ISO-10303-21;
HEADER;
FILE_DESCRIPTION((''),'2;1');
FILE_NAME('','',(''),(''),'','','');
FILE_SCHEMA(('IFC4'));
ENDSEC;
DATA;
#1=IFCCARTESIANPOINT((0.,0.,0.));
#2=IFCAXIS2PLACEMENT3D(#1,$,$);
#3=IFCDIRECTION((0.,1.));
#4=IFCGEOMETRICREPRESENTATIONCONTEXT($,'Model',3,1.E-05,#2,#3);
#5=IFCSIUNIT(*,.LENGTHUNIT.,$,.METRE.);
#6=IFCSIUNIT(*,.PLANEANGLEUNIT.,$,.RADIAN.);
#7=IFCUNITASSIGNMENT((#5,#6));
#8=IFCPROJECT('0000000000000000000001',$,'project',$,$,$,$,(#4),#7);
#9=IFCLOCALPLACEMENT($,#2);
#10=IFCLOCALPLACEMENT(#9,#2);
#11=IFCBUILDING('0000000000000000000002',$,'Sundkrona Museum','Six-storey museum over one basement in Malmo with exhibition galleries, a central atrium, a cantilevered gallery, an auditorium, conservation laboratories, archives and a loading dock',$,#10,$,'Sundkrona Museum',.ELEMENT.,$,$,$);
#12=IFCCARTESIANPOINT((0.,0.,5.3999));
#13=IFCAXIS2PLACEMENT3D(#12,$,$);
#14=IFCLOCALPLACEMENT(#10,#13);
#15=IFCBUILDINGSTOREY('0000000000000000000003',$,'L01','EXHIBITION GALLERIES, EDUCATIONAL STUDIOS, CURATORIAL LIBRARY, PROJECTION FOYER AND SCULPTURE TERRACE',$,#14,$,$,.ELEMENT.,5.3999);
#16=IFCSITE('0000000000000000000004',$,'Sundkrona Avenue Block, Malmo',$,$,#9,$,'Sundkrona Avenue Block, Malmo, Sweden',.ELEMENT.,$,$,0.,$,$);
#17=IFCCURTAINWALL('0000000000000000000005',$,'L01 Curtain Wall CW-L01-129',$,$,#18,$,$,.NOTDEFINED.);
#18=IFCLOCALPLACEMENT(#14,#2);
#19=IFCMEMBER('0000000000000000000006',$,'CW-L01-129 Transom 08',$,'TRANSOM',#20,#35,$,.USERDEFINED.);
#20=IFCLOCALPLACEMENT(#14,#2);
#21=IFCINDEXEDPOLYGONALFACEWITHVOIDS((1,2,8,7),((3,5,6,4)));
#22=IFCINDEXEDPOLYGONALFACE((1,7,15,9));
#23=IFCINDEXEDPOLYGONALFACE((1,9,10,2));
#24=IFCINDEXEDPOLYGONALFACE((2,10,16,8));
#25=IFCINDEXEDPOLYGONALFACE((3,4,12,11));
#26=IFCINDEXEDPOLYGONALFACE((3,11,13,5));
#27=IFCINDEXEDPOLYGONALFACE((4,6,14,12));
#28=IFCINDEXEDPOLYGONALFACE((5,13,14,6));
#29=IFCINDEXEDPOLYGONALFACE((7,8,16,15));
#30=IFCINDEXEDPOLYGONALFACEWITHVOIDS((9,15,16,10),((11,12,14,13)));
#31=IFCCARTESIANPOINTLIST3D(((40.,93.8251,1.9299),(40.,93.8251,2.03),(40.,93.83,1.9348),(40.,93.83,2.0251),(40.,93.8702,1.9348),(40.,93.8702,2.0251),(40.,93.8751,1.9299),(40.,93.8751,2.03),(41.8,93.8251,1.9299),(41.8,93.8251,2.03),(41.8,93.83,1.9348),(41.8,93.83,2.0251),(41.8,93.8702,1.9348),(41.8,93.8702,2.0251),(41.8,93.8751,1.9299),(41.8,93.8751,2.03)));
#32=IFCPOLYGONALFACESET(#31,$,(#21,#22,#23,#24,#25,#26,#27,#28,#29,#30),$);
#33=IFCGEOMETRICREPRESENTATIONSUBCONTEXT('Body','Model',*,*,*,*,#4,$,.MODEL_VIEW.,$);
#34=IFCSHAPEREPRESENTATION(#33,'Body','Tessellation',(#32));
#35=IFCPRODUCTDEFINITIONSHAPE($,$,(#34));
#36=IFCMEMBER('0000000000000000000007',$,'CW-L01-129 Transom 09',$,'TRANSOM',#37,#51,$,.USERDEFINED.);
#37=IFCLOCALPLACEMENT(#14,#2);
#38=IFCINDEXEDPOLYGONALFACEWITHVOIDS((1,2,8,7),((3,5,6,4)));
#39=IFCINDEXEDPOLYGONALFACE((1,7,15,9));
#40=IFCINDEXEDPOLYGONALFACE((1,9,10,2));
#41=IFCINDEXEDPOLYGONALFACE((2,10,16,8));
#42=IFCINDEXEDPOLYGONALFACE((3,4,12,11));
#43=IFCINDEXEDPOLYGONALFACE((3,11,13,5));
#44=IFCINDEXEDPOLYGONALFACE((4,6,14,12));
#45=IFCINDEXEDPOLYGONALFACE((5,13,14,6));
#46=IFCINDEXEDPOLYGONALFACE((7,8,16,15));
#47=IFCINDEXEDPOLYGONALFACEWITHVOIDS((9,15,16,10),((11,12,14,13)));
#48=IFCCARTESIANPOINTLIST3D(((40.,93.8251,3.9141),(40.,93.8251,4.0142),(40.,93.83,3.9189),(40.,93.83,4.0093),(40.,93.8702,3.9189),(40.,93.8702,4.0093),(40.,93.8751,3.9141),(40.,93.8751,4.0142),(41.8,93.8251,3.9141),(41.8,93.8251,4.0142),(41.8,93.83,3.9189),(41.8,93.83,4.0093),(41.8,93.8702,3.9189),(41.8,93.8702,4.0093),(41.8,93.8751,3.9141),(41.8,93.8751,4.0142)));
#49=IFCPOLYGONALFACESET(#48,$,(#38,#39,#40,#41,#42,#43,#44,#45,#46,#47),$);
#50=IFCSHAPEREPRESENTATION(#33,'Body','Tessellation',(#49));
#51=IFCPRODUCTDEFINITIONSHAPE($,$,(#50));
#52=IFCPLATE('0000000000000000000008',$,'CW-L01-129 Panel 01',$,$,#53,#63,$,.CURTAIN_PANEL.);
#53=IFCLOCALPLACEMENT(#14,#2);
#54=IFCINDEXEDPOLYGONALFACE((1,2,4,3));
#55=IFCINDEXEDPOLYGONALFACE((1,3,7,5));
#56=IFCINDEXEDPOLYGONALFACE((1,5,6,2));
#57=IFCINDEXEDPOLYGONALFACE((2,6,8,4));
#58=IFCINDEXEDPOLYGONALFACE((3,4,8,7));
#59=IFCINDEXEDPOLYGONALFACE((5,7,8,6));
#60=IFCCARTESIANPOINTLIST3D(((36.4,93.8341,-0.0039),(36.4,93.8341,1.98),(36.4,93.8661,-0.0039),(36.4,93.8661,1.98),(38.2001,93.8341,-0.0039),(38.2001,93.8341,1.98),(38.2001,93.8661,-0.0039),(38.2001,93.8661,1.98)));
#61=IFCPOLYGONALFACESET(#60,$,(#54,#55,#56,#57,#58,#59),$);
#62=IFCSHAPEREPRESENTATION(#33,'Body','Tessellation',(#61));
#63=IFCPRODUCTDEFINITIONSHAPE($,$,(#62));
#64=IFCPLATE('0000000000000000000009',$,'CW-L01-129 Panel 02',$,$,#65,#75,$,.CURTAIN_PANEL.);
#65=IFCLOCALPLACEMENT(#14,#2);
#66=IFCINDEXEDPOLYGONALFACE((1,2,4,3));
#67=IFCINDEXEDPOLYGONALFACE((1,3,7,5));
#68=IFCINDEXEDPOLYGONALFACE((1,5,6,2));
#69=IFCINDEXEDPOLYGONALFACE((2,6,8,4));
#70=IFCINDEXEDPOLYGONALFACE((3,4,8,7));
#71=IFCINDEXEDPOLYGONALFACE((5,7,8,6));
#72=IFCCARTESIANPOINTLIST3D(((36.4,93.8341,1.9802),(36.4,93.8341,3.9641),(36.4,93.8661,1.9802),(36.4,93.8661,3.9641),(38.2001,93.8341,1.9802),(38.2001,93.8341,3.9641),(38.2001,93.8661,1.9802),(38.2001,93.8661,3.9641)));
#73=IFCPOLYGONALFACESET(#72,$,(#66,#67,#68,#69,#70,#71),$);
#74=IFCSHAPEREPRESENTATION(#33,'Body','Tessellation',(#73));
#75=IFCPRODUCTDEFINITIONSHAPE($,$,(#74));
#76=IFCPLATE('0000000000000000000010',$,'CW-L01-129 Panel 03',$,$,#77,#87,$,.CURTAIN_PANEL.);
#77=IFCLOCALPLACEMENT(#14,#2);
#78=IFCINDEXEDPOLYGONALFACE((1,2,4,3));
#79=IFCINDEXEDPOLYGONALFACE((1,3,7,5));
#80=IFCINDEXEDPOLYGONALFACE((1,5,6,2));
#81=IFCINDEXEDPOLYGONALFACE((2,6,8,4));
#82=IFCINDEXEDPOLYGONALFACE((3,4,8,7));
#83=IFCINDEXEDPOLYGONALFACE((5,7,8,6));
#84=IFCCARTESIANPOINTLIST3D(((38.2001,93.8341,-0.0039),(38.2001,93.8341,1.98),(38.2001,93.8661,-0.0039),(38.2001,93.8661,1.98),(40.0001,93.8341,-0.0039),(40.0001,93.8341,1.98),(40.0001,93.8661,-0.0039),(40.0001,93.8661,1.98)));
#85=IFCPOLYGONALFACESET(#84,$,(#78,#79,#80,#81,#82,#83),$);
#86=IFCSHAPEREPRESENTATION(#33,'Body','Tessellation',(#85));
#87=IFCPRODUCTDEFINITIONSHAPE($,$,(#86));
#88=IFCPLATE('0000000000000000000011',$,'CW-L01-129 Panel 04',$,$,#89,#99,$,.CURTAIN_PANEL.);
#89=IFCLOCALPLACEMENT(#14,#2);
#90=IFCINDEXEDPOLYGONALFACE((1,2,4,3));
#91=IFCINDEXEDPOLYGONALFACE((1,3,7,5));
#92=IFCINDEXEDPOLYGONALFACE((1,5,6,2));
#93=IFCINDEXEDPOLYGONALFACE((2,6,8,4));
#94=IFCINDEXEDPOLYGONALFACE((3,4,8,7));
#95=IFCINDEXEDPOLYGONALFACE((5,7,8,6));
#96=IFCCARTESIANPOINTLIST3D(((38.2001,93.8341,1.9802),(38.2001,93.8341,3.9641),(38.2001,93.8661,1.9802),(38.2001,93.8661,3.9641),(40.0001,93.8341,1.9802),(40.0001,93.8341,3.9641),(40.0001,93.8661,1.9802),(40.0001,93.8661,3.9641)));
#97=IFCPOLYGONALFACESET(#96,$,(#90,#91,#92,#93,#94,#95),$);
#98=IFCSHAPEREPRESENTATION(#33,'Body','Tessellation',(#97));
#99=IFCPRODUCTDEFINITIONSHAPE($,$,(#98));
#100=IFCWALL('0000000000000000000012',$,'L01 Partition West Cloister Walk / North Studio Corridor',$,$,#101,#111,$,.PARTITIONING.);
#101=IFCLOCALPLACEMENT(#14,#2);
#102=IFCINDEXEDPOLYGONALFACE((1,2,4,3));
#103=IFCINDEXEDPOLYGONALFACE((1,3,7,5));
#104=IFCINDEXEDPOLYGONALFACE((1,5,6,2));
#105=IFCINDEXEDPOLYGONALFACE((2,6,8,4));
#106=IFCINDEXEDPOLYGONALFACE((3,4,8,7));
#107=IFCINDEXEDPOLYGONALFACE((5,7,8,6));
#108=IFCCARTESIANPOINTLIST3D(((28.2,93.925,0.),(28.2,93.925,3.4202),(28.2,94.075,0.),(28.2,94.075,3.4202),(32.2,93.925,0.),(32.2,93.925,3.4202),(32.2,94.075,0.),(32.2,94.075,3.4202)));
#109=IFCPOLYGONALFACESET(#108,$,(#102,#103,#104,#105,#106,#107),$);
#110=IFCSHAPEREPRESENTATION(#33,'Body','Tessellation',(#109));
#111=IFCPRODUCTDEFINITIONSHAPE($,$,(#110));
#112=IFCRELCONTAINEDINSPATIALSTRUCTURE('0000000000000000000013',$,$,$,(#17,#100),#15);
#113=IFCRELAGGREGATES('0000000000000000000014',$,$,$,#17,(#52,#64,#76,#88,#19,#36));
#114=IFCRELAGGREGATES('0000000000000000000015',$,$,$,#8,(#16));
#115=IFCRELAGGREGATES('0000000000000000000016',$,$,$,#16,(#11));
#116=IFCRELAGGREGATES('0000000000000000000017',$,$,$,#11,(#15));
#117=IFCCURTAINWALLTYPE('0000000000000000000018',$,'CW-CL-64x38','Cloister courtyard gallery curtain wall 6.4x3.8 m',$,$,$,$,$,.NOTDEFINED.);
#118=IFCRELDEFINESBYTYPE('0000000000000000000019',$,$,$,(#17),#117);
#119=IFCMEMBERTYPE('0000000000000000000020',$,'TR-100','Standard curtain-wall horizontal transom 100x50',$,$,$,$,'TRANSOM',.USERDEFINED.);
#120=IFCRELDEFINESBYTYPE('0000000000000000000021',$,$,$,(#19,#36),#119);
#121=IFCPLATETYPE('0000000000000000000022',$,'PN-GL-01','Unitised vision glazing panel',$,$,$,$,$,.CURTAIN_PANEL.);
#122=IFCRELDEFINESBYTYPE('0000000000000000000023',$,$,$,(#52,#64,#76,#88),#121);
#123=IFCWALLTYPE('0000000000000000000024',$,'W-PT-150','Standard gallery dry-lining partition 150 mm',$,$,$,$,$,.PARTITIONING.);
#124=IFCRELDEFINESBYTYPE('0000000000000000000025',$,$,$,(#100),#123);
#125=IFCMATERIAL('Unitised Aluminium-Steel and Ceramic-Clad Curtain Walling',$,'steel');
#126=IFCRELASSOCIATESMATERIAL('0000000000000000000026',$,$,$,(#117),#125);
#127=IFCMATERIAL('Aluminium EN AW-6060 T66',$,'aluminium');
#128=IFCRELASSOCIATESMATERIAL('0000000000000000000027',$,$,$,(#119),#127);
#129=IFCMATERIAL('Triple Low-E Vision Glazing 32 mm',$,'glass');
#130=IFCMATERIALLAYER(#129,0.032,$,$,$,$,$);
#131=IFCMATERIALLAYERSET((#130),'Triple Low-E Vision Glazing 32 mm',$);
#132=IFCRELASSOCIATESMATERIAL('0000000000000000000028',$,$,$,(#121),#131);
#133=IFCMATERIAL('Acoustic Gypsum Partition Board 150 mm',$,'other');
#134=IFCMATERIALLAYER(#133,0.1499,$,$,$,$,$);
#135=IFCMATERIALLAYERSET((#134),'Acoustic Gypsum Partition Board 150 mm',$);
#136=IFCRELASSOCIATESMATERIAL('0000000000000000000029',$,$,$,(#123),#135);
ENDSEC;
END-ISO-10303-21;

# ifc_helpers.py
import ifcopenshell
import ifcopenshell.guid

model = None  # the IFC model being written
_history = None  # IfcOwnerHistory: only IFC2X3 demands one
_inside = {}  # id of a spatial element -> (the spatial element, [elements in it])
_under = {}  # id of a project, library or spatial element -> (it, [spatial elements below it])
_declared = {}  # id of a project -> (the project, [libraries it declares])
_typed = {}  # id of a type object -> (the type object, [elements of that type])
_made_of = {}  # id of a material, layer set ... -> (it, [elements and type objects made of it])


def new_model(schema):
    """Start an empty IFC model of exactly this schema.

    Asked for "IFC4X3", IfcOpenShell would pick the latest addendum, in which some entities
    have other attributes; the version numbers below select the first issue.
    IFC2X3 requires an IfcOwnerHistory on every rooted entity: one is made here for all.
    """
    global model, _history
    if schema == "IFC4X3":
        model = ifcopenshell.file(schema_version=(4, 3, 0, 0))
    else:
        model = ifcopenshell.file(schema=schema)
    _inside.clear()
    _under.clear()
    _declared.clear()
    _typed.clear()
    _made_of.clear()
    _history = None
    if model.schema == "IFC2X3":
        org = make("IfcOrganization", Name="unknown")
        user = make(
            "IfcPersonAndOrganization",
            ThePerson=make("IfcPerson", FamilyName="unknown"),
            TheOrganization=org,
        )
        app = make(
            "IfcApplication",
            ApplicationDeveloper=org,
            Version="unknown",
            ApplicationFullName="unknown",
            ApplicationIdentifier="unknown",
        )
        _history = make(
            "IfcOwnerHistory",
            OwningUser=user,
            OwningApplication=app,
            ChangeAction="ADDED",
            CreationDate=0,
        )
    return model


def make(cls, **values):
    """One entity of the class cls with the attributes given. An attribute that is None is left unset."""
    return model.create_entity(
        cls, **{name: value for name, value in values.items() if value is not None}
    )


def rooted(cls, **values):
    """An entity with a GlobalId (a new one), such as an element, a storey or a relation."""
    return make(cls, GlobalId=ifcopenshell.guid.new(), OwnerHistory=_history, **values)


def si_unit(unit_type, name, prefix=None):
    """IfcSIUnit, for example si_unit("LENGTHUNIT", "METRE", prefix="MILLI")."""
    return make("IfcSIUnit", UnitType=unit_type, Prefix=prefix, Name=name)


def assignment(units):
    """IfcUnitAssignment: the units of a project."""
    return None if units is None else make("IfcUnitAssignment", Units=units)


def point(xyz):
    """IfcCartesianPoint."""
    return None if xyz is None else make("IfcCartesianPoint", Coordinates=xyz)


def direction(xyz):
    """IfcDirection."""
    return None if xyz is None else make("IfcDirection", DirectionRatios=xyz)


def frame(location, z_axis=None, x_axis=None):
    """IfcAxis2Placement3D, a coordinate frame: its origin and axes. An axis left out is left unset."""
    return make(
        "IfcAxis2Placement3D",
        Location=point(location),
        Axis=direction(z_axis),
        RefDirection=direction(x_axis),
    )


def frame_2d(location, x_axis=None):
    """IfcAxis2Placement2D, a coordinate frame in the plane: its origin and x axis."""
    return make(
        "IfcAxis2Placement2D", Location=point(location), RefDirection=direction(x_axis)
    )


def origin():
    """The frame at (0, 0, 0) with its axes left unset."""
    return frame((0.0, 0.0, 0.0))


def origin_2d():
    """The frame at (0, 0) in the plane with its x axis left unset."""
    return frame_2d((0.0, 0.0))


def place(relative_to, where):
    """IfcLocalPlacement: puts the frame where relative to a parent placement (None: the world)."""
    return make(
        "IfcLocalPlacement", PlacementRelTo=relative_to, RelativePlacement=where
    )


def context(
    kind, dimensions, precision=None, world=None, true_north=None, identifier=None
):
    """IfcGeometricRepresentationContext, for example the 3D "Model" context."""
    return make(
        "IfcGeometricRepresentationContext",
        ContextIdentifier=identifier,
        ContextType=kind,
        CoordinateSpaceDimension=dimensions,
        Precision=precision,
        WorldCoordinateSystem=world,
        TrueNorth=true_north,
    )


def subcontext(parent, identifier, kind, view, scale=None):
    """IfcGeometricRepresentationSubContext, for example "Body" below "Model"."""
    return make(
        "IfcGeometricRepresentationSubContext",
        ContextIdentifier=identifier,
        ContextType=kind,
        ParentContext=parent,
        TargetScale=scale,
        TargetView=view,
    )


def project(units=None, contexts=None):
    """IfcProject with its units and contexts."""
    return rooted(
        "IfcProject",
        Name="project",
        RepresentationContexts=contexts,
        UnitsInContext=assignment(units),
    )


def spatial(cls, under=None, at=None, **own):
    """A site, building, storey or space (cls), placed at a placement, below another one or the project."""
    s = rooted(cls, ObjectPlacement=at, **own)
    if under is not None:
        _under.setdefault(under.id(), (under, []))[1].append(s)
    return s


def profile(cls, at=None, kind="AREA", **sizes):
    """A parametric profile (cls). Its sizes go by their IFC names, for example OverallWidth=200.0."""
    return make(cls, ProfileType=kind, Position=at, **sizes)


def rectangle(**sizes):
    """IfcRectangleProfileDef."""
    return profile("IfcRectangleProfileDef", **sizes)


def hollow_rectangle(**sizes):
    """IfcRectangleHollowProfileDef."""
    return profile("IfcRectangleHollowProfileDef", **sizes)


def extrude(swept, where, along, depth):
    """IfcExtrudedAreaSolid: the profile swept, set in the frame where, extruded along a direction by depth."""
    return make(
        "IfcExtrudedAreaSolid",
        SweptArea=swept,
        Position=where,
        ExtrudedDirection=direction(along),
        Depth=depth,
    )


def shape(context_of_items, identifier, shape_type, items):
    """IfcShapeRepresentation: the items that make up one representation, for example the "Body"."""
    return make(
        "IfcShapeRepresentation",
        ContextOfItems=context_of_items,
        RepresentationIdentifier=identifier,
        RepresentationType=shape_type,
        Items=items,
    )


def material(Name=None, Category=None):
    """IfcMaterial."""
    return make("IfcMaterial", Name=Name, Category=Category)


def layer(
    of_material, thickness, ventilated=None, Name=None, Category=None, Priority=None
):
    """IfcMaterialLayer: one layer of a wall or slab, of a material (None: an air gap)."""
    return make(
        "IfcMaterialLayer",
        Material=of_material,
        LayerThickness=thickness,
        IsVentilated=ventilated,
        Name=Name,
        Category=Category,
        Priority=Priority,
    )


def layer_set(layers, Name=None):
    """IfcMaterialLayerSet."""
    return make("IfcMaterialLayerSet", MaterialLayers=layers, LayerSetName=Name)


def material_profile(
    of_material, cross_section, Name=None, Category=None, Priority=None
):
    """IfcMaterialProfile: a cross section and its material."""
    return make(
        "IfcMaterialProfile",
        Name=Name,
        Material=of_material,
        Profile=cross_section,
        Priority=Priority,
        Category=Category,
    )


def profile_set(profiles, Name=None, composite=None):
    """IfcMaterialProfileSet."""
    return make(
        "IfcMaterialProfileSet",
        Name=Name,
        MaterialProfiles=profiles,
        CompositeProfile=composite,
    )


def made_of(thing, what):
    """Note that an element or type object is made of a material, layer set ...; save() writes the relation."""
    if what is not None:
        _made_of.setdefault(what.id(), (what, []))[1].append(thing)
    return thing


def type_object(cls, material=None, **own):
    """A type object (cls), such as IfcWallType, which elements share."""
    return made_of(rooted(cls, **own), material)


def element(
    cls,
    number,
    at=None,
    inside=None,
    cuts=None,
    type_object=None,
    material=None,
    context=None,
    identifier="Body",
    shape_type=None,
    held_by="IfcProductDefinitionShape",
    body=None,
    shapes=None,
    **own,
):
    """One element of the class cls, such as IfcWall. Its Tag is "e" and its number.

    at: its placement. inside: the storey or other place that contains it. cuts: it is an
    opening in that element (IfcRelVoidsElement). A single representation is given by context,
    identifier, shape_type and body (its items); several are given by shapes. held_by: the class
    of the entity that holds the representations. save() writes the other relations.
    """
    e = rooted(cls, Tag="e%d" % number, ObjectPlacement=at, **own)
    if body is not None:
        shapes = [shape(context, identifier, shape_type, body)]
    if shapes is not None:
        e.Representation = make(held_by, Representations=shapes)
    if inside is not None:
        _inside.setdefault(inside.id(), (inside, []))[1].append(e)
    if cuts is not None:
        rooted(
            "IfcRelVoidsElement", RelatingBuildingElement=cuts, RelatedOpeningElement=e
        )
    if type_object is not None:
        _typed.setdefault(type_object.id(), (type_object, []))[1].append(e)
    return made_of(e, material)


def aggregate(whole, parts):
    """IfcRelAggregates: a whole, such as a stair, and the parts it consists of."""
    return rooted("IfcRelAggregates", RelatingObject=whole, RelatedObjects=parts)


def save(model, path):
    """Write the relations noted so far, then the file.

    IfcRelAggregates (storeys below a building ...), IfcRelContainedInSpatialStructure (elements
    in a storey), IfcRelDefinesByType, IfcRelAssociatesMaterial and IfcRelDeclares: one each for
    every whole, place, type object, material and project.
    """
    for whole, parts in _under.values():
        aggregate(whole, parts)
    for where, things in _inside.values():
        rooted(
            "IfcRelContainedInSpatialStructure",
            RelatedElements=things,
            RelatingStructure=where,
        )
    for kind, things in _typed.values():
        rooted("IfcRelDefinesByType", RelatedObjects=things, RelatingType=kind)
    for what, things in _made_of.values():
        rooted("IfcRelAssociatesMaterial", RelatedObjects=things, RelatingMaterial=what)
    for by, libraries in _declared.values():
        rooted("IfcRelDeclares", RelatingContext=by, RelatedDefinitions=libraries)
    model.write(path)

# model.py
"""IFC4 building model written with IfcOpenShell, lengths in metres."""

from ifc_helpers import new_model, si_unit, direction, frame, frame_2d, origin, origin_2d, place, context, subcontext, project, spatial, rectangle, hollow_rectangle, extrude, material, layer, layer_set, material_profile, profile_set, type_object, element, aggregate, save


model = new_model("IFC4")

# Units and contexts
model_context = context("Model", 3, precision=1e-05, world=origin(), true_north=direction((0.0, 1.0)))
body_context = subcontext(model_context, "Body", "Model", "MODEL_VIEW")
ifc_project = project(units=[si_unit("LENGTHUNIT", "METRE"), si_unit("PLANEANGLEUNIT", "RADIAN")], contexts=[model_context])

# Site, building, storey
site_placement = place(None, origin())
site = spatial("IfcSite", under=ifc_project, at=site_placement, Name="Sundkrona Avenue Block, Malmo", LongName="Sundkrona Avenue Block, Malmo, Sweden", CompositionType="ELEMENT", RefElevation=0.0)
building_placement = place(site_placement, origin())
building = spatial("IfcBuilding", under=site, at=building_placement, Name="Sundkrona Museum", Description="Six-storey museum over one basement in Malmo with exhibition galleries, a central atrium, a cantilevered gallery, an auditorium, conservation laboratories, archives and a loading dock", LongName="Sundkrona Museum", CompositionType="ELEMENT")
storey_placement = place(building_placement, frame((0.0, 0.0, 5.3999)))
storey = spatial("IfcBuildingStorey", under=building, at=storey_placement, Name="L01", Description="EXHIBITION GALLERIES, EDUCATIONAL STUDIOS, CURATORIAL LIBRARY, PROJECTION FOYER AND SCULPTURE TERRACE", CompositionType="ELEMENT", Elevation=5.3999)

# Curtain wall, members, plates
ifc_material_1 = material(Name="Unitised Aluminium-Steel and Ceramic-Clad Curtain Walling", Category="steel")
curtain_wall_type = type_object("IfcCurtainWallType", Name="CW-CL-64x38", Description="Cloister courtyard gallery curtain wall 6.4x3.8 m", PredefinedType="NOTDEFINED", material=ifc_material_1)
curtain_wall_placement = place(storey_placement, origin())
curtain_wall = element("IfcCurtainWall", 1, at=curtain_wall_placement, inside=storey, type_object=curtain_wall_type, Name="L01 Curtain Wall CW-L01-129", PredefinedType="NOTDEFINED")
ifc_material_2 = material(Name="Aluminium EN AW-6060 T66", Category="aluminium")
ifc_material_profile_1 = material_profile(ifc_material_2, hollow_rectangle(XDim=0.05, YDim=0.1001, WallThickness=0.0049, at=origin_2d()), Name="RHS 100x50x5.0")
ifc_profile_set_1 = profile_set([ifc_material_profile_1], Name="Aluminium EN AW-6060 T66")
member_type_1 = type_object("IfcMemberType", Name="TR-100", Description="Standard curtain-wall horizontal transom 100x50", ElementType="TRANSOM", PredefinedType="USERDEFINED", material=ifc_profile_set_1)
member_1_placement = place(storey_placement, frame((40.0, 93.8501, 1.98), z_axis=(1.0, 0.0, 0.0), x_axis=(0.0, 1.0, 0.0)))
member_1 = element("IfcMember", 2, at=member_1_placement, type_object=member_type_1, Name="CW-L01-129 Transom 08", ObjectType="TRANSOM", PredefinedType="USERDEFINED", context=body_context, shape_type="SweptSolid", body=[
    extrude(hollow_rectangle(XDim=0.05, YDim=0.1001, WallThickness=0.0049, at=origin_2d()), origin(), (0.0, 0.0, 1.0), 1.8),
])
member_2_placement = place(storey_placement, frame((40.0, 93.8501, 3.9641), z_axis=(1.0, 0.0, 0.0), x_axis=(0.0, 1.0, 0.0)))
member_2 = element("IfcMember", 3, at=member_2_placement, type_object=member_type_1, Name="CW-L01-129 Transom 09", ObjectType="TRANSOM", PredefinedType="USERDEFINED", context=body_context, shape_type="SweptSolid", body=[
    extrude(hollow_rectangle(XDim=0.05, YDim=0.1001, WallThickness=0.0049, at=origin_2d()), origin(), (0.0, 0.0, 1.0), 1.8),
])
ifc_material_3 = material(Name="Triple Low-E Vision Glazing 32 mm", Category="glass")
ifc_layer_1 = layer(ifc_material_3, 0.032)
ifc_layer_set_1 = layer_set([ifc_layer_1], Name="Triple Low-E Vision Glazing 32 mm")
plate_type = type_object("IfcPlateType", Name="PN-GL-01", Description="Unitised vision glazing panel", PredefinedType="CURTAIN_PANEL", material=ifc_layer_set_1)
plate_1_placement = place(storey_placement, frame((37.3, 93.8501, -0.0039), z_axis=(0.0, 0.0, 1.0), x_axis=(1.0, 0.0, 0.0)))
plate_1 = element("IfcPlate", 4, at=plate_1_placement, type_object=plate_type, Name="CW-L01-129 Panel 01", PredefinedType="CURTAIN_PANEL", context=body_context, shape_type="SweptSolid", body=[
    extrude(rectangle(XDim=1.8, YDim=0.032, at=origin_2d()), origin(), (0.0, 0.0, 1.0), 1.9839),
])
plate_2_placement = place(storey_placement, frame((37.3, 93.8501, 1.9802), z_axis=(0.0, 0.0, 1.0), x_axis=(1.0, 0.0, 0.0)))
plate_2 = element("IfcPlate", 5, at=plate_2_placement, type_object=plate_type, Name="CW-L01-129 Panel 02", PredefinedType="CURTAIN_PANEL", context=body_context, shape_type="SweptSolid", body=[
    extrude(rectangle(XDim=1.8, YDim=0.032, at=origin_2d()), origin(), (0.0, 0.0, 1.0), 1.9839),
])
plate_3_placement = place(storey_placement, frame((39.1001, 93.8501, -0.0039), z_axis=(0.0, 0.0, 1.0), x_axis=(1.0, 0.0, 0.0)))
plate_3 = element("IfcPlate", 6, at=plate_3_placement, type_object=plate_type, Name="CW-L01-129 Panel 03", PredefinedType="CURTAIN_PANEL", context=body_context, shape_type="SweptSolid", body=[
    extrude(rectangle(XDim=1.8, YDim=0.032, at=origin_2d()), origin(), (0.0, 0.0, 1.0), 1.9839),
])
plate_4_placement = place(storey_placement, frame((39.1001, 93.8501, 1.9802), z_axis=(0.0, 0.0, 1.0), x_axis=(1.0, 0.0, 0.0)))
plate_4 = element("IfcPlate", 7, at=plate_4_placement, type_object=plate_type, Name="CW-L01-129 Panel 04", PredefinedType="CURTAIN_PANEL", context=body_context, shape_type="SweptSolid", body=[
    extrude(rectangle(XDim=1.8, YDim=0.032, at=origin_2d()), origin(), (0.0, 0.0, 1.0), 1.9839),
])
aggregate(curtain_wall, [plate_1, plate_2, plate_3, plate_4, member_1, member_2])

# Wall
ifc_material_4 = material(Name="Acoustic Gypsum Partition Board 150 mm", Category="other")
ifc_layer_2 = layer(ifc_material_4, 0.1499)
ifc_layer_set_2 = layer_set([ifc_layer_2], Name="Acoustic Gypsum Partition Board 150 mm")
wall_type = type_object("IfcWallType", Name="W-PT-150", Description="Standard gallery dry-lining partition 150 mm", PredefinedType="PARTITIONING", material=ifc_layer_set_2)
wall_placement = place(storey_placement, frame((28.2, 94.0, 0.0), z_axis=(0.0, 0.0, 1.0), x_axis=(1.0, 0.0, 0.0)))
element("IfcWall", 8, at=wall_placement, inside=storey, type_object=wall_type, Name="L01 Partition West Cloister Walk / North Studio Corridor", PredefinedType="PARTITIONING", context=body_context, shape_type="SweptSolid", body=[
    extrude(rectangle(XDim=4.0, YDim=0.1499, at=frame_2d((2.0, 0.0))), origin(), (0.0, 0.0, 1.0), 3.4202),
])

save(model, "model.ifc")
